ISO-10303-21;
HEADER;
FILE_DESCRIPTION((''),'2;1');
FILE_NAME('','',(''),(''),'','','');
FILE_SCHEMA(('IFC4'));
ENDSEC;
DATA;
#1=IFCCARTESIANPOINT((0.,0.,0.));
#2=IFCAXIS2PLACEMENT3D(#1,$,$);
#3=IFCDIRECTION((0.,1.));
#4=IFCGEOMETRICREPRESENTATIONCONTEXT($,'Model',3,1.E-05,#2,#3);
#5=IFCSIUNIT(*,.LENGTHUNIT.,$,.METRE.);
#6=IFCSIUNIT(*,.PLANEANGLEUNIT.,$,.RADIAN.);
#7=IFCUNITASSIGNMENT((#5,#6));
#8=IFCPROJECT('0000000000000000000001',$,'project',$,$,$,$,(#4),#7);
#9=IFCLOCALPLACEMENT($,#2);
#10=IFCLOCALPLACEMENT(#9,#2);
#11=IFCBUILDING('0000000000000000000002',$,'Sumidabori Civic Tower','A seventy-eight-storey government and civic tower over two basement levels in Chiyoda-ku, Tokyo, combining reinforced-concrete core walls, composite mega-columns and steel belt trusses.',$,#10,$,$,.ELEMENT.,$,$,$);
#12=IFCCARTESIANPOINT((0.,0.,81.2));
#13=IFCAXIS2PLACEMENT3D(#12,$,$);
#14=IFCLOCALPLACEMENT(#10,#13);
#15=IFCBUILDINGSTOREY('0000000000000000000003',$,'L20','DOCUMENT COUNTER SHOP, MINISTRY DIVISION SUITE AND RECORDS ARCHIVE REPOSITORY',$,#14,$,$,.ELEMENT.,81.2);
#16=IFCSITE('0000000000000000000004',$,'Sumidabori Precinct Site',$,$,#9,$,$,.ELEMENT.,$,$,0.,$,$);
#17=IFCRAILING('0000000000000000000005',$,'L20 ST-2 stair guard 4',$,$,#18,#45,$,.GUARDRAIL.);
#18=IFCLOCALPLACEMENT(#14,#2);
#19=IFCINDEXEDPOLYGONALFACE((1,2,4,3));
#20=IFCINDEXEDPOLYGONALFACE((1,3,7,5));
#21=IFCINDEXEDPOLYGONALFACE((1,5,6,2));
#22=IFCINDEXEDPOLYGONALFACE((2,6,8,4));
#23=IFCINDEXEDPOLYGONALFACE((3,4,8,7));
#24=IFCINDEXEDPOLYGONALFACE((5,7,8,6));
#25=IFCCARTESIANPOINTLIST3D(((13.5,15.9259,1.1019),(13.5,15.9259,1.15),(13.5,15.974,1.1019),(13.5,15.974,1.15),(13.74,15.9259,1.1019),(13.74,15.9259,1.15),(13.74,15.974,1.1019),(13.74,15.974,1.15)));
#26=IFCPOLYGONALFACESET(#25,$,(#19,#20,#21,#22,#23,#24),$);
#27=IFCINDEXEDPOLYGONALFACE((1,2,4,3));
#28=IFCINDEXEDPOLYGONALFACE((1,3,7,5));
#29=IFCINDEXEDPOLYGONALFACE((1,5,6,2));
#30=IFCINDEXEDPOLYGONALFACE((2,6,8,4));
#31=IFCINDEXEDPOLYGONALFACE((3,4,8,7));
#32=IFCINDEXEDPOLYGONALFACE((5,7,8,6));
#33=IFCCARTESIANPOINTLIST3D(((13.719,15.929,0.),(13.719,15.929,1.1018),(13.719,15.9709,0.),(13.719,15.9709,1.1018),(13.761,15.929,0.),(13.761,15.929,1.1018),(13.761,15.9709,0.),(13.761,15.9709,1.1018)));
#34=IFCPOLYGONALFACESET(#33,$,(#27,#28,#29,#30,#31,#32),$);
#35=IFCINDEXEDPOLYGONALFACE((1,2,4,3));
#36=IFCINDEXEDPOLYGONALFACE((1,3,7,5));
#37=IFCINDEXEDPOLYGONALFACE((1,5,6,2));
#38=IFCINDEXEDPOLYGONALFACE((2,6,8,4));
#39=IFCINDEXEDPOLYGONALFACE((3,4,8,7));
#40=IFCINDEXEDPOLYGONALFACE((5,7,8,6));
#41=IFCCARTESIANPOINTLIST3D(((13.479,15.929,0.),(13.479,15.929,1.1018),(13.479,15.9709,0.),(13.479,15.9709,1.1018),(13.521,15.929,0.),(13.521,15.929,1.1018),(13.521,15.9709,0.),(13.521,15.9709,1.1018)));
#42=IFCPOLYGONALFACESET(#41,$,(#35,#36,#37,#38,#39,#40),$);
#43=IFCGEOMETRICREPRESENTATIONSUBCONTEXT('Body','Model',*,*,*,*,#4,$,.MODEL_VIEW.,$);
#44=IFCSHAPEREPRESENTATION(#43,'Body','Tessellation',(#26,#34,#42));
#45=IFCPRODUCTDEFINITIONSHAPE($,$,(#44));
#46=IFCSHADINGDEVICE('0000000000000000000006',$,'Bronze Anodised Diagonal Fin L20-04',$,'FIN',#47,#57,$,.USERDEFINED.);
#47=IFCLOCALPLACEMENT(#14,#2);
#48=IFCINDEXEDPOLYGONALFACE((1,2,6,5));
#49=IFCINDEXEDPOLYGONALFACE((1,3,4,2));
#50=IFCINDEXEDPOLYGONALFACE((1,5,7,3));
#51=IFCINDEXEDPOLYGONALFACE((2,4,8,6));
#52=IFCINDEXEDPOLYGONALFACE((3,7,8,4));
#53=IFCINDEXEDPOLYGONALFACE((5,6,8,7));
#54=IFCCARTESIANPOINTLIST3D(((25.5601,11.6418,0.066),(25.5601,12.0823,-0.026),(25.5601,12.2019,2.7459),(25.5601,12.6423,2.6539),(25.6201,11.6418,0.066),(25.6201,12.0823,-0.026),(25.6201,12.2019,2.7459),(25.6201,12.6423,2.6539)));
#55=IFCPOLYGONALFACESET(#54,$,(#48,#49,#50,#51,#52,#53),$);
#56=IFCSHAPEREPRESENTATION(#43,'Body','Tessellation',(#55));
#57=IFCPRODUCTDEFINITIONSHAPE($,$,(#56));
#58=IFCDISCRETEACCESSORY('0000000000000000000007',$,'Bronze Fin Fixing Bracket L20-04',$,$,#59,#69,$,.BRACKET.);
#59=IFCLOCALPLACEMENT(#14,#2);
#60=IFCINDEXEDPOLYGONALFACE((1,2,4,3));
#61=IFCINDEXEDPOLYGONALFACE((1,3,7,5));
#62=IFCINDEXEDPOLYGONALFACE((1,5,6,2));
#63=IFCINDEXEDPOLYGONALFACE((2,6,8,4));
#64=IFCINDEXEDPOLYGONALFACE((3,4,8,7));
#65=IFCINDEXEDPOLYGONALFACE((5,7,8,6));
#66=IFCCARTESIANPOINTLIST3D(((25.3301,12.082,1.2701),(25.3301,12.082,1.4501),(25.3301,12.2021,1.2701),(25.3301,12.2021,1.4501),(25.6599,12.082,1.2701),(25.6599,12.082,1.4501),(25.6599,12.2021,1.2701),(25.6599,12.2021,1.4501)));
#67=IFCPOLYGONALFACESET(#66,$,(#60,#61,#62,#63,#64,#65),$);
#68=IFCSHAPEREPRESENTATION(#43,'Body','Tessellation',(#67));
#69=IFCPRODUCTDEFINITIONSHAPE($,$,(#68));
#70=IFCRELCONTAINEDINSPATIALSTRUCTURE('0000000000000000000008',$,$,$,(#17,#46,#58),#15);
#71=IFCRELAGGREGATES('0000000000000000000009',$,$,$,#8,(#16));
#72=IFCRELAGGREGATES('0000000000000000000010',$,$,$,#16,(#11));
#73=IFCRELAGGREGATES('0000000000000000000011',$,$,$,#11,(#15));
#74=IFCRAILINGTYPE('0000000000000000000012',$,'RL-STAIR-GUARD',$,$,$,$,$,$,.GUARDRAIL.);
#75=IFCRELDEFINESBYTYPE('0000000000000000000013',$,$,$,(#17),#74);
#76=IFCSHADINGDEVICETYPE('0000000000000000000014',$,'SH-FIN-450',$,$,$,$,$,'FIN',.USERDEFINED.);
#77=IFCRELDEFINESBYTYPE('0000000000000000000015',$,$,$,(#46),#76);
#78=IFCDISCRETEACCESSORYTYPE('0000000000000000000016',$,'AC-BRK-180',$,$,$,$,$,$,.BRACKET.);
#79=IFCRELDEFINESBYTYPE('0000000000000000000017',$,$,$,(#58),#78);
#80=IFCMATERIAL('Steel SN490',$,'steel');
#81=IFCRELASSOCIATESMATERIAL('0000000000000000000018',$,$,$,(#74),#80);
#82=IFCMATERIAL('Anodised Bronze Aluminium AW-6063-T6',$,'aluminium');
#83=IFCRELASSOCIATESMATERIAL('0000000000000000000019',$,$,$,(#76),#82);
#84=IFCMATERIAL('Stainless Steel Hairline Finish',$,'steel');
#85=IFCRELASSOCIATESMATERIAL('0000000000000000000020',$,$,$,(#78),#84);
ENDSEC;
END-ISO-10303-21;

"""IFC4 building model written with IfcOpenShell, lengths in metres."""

from ifc_helpers import new_model, si_unit, direction, frame, origin, origin_2d, place, context, subcontext, project, spatial, rectangle, extrude, source, transform, mapped, material, material_profile, profile_set, type_object, element, save


model = new_model("IFC4")

# Units and contexts
model_context = context("Model", 3, precision=1e-05, world=origin(), true_north=direction((0.0, 1.0)))
body_context = subcontext(model_context, "Body", "Model", "MODEL_VIEW")
ifc_project = project(units=[si_unit("LENGTHUNIT", "METRE"), si_unit("PLANEANGLEUNIT", "RADIAN")], contexts=[model_context])

# Site, building, storey
site_placement = place(None, origin())
site = spatial("IfcSite", under=ifc_project, at=site_placement, Name="Sumidabori Precinct Site", CompositionType="ELEMENT", RefElevation=0.0)
building_placement = place(site_placement, origin())
building = spatial("IfcBuilding", under=site, at=building_placement, Name="Sumidabori Civic Tower", Description="A seventy-eight-storey government and civic tower over two basement levels in Chiyoda-ku, Tokyo, combining reinforced-concrete core walls, composite mega-columns and steel belt trusses.", CompositionType="ELEMENT")
storey_placement = place(building_placement, frame((0.0, 0.0, 81.2)))
storey = spatial("IfcBuildingStorey", under=building, at=storey_placement, Name="L20", Description="DOCUMENT COUNTER SHOP, MINISTRY DIVISION SUITE AND RECORDS ARCHIVE REPOSITORY", CompositionType="ELEMENT", Elevation=81.2)

# Shared definitions
ifc_material_1 = material(Name="Steel SN490", Category="steel")

# Shared definitions
ifc_material_2 = material(Name="Anodised Bronze Aluminium AW-6063-T6", Category="aluminium")

# Railing
ifc_material_3 = material(Name="Stainless Steel Hairline Finish", Category="steel")
railing_type_1 = type_object("IfcRailingType", Name="RL-STAIR-GUARD", PredefinedType="GUARDRAIL", material=ifc_material_1)
for number, where, name in (
    (1, (13.74, 15.95, 0.0), "L20 ST-2 stair guard 4"),
):
    element("IfcRailing", number, at=place(storey_placement, frame(where)), inside=storey, type_object=railing_type_1, Name=name, PredefinedType="GUARDRAIL", context=body_context, shape_type="SweptSolid", body=[
        extrude(rectangle(XDim=0.0481, YDim=0.0481, at=origin_2d()), frame((0.0, 0.0, 1.126), z_axis=(-1.0, 0.0, 0.0), x_axis=(0.0, -1.0, 0.0)), (0.0, 0.0, 1.0), 0.24),
        extrude(rectangle(XDim=0.042, YDim=0.042, at=origin_2d()), origin(), (0.0, 0.0, 1.0), 1.1018),
        extrude(rectangle(XDim=0.042, YDim=0.042, at=origin_2d()), frame((-0.24, 0.0, 0.0)), (0.0, 0.0, 1.0), 1.1018),
    ])

# Shading device
ifc_material_profile_1 = material_profile(ifc_material_2, rectangle(XDim=0.0601, YDim=0.45, at=origin_2d()), Name="BRONZE FIN 450x60")
ifc_profile_set_1 = profile_set([ifc_material_profile_1], Name="Anodised Bronze Aluminium AW-6063-T6")
shading_device_type = type_object("IfcShadingDeviceType", Name="SH-FIN-450", ElementType="FIN", PredefinedType="USERDEFINED", material=ifc_profile_set_1)
shared_shape_1 = source(origin(), body_context, "Body", "SweptSolid", [
    extrude(rectangle(XDim=0.0601, YDim=0.45, at=origin_2d()), origin(), (0.0, 0.0, 1.0), 2.7378),
])
shading_device_placement = place(storey_placement, frame((25.5901, 11.8621, 0.02), z_axis=(0.0, 0.204563, 0.978853), x_axis=(-1.0, 0.0, 0.0)))
element("IfcShadingDevice", 2, at=shading_device_placement, inside=storey, type_object=shading_device_type, Name="Bronze Anodised Diagonal Fin L20-04", ObjectType="FIN", PredefinedType="USERDEFINED", context=body_context, shape_type="MappedRepresentation", body=[
    mapped(shared_shape_1, transform((0.0, 0.0, 0.0), x_axis=(1.0, 0.0, 0.0), y_axis=(0.0, 1.0, 0.0), z_axis=(0.0, 0.0, 1.0), scale=1.0)),
])

# Discrete accessory
ifc_material_profile_2 = material_profile(ifc_material_3, rectangle(XDim=0.1201, YDim=0.1799, at=origin_2d()), Name="STEEL BRACKET 180x120")
ifc_profile_set_2 = profile_set([ifc_material_profile_2], Name="Stainless Steel Hairline Finish")
discrete_accessory_type = type_object("IfcDiscreteAccessoryType", Name="AC-BRK-180", PredefinedType="BRACKET", material=ifc_profile_set_2)
shared_shape_2 = source(origin(), body_context, "Body", "SweptSolid", [
    extrude(rectangle(XDim=0.1201, YDim=0.1799, at=origin_2d()), origin(), (0.0, 0.0, 1.0), 0.3298),
])
discrete_accessory_placement = place(storey_placement, frame((25.3301, 12.1421, 1.3601), z_axis=(1.0, 0.0, 0.0), x_axis=(0.0, 1.0, 0.0)))
element("IfcDiscreteAccessory", 3, at=discrete_accessory_placement, inside=storey, type_object=discrete_accessory_type, Name="Bronze Fin Fixing Bracket L20-04", PredefinedType="BRACKET", context=body_context, shape_type="MappedRepresentation", body=[
    mapped(shared_shape_2, transform((0.0, 0.0, 0.0), x_axis=(1.0, 0.0, 0.0), y_axis=(0.0, 1.0, 0.0), z_axis=(0.0, 0.0, 1.0), scale=1.0)),
])

save(model, "model.ifc")
